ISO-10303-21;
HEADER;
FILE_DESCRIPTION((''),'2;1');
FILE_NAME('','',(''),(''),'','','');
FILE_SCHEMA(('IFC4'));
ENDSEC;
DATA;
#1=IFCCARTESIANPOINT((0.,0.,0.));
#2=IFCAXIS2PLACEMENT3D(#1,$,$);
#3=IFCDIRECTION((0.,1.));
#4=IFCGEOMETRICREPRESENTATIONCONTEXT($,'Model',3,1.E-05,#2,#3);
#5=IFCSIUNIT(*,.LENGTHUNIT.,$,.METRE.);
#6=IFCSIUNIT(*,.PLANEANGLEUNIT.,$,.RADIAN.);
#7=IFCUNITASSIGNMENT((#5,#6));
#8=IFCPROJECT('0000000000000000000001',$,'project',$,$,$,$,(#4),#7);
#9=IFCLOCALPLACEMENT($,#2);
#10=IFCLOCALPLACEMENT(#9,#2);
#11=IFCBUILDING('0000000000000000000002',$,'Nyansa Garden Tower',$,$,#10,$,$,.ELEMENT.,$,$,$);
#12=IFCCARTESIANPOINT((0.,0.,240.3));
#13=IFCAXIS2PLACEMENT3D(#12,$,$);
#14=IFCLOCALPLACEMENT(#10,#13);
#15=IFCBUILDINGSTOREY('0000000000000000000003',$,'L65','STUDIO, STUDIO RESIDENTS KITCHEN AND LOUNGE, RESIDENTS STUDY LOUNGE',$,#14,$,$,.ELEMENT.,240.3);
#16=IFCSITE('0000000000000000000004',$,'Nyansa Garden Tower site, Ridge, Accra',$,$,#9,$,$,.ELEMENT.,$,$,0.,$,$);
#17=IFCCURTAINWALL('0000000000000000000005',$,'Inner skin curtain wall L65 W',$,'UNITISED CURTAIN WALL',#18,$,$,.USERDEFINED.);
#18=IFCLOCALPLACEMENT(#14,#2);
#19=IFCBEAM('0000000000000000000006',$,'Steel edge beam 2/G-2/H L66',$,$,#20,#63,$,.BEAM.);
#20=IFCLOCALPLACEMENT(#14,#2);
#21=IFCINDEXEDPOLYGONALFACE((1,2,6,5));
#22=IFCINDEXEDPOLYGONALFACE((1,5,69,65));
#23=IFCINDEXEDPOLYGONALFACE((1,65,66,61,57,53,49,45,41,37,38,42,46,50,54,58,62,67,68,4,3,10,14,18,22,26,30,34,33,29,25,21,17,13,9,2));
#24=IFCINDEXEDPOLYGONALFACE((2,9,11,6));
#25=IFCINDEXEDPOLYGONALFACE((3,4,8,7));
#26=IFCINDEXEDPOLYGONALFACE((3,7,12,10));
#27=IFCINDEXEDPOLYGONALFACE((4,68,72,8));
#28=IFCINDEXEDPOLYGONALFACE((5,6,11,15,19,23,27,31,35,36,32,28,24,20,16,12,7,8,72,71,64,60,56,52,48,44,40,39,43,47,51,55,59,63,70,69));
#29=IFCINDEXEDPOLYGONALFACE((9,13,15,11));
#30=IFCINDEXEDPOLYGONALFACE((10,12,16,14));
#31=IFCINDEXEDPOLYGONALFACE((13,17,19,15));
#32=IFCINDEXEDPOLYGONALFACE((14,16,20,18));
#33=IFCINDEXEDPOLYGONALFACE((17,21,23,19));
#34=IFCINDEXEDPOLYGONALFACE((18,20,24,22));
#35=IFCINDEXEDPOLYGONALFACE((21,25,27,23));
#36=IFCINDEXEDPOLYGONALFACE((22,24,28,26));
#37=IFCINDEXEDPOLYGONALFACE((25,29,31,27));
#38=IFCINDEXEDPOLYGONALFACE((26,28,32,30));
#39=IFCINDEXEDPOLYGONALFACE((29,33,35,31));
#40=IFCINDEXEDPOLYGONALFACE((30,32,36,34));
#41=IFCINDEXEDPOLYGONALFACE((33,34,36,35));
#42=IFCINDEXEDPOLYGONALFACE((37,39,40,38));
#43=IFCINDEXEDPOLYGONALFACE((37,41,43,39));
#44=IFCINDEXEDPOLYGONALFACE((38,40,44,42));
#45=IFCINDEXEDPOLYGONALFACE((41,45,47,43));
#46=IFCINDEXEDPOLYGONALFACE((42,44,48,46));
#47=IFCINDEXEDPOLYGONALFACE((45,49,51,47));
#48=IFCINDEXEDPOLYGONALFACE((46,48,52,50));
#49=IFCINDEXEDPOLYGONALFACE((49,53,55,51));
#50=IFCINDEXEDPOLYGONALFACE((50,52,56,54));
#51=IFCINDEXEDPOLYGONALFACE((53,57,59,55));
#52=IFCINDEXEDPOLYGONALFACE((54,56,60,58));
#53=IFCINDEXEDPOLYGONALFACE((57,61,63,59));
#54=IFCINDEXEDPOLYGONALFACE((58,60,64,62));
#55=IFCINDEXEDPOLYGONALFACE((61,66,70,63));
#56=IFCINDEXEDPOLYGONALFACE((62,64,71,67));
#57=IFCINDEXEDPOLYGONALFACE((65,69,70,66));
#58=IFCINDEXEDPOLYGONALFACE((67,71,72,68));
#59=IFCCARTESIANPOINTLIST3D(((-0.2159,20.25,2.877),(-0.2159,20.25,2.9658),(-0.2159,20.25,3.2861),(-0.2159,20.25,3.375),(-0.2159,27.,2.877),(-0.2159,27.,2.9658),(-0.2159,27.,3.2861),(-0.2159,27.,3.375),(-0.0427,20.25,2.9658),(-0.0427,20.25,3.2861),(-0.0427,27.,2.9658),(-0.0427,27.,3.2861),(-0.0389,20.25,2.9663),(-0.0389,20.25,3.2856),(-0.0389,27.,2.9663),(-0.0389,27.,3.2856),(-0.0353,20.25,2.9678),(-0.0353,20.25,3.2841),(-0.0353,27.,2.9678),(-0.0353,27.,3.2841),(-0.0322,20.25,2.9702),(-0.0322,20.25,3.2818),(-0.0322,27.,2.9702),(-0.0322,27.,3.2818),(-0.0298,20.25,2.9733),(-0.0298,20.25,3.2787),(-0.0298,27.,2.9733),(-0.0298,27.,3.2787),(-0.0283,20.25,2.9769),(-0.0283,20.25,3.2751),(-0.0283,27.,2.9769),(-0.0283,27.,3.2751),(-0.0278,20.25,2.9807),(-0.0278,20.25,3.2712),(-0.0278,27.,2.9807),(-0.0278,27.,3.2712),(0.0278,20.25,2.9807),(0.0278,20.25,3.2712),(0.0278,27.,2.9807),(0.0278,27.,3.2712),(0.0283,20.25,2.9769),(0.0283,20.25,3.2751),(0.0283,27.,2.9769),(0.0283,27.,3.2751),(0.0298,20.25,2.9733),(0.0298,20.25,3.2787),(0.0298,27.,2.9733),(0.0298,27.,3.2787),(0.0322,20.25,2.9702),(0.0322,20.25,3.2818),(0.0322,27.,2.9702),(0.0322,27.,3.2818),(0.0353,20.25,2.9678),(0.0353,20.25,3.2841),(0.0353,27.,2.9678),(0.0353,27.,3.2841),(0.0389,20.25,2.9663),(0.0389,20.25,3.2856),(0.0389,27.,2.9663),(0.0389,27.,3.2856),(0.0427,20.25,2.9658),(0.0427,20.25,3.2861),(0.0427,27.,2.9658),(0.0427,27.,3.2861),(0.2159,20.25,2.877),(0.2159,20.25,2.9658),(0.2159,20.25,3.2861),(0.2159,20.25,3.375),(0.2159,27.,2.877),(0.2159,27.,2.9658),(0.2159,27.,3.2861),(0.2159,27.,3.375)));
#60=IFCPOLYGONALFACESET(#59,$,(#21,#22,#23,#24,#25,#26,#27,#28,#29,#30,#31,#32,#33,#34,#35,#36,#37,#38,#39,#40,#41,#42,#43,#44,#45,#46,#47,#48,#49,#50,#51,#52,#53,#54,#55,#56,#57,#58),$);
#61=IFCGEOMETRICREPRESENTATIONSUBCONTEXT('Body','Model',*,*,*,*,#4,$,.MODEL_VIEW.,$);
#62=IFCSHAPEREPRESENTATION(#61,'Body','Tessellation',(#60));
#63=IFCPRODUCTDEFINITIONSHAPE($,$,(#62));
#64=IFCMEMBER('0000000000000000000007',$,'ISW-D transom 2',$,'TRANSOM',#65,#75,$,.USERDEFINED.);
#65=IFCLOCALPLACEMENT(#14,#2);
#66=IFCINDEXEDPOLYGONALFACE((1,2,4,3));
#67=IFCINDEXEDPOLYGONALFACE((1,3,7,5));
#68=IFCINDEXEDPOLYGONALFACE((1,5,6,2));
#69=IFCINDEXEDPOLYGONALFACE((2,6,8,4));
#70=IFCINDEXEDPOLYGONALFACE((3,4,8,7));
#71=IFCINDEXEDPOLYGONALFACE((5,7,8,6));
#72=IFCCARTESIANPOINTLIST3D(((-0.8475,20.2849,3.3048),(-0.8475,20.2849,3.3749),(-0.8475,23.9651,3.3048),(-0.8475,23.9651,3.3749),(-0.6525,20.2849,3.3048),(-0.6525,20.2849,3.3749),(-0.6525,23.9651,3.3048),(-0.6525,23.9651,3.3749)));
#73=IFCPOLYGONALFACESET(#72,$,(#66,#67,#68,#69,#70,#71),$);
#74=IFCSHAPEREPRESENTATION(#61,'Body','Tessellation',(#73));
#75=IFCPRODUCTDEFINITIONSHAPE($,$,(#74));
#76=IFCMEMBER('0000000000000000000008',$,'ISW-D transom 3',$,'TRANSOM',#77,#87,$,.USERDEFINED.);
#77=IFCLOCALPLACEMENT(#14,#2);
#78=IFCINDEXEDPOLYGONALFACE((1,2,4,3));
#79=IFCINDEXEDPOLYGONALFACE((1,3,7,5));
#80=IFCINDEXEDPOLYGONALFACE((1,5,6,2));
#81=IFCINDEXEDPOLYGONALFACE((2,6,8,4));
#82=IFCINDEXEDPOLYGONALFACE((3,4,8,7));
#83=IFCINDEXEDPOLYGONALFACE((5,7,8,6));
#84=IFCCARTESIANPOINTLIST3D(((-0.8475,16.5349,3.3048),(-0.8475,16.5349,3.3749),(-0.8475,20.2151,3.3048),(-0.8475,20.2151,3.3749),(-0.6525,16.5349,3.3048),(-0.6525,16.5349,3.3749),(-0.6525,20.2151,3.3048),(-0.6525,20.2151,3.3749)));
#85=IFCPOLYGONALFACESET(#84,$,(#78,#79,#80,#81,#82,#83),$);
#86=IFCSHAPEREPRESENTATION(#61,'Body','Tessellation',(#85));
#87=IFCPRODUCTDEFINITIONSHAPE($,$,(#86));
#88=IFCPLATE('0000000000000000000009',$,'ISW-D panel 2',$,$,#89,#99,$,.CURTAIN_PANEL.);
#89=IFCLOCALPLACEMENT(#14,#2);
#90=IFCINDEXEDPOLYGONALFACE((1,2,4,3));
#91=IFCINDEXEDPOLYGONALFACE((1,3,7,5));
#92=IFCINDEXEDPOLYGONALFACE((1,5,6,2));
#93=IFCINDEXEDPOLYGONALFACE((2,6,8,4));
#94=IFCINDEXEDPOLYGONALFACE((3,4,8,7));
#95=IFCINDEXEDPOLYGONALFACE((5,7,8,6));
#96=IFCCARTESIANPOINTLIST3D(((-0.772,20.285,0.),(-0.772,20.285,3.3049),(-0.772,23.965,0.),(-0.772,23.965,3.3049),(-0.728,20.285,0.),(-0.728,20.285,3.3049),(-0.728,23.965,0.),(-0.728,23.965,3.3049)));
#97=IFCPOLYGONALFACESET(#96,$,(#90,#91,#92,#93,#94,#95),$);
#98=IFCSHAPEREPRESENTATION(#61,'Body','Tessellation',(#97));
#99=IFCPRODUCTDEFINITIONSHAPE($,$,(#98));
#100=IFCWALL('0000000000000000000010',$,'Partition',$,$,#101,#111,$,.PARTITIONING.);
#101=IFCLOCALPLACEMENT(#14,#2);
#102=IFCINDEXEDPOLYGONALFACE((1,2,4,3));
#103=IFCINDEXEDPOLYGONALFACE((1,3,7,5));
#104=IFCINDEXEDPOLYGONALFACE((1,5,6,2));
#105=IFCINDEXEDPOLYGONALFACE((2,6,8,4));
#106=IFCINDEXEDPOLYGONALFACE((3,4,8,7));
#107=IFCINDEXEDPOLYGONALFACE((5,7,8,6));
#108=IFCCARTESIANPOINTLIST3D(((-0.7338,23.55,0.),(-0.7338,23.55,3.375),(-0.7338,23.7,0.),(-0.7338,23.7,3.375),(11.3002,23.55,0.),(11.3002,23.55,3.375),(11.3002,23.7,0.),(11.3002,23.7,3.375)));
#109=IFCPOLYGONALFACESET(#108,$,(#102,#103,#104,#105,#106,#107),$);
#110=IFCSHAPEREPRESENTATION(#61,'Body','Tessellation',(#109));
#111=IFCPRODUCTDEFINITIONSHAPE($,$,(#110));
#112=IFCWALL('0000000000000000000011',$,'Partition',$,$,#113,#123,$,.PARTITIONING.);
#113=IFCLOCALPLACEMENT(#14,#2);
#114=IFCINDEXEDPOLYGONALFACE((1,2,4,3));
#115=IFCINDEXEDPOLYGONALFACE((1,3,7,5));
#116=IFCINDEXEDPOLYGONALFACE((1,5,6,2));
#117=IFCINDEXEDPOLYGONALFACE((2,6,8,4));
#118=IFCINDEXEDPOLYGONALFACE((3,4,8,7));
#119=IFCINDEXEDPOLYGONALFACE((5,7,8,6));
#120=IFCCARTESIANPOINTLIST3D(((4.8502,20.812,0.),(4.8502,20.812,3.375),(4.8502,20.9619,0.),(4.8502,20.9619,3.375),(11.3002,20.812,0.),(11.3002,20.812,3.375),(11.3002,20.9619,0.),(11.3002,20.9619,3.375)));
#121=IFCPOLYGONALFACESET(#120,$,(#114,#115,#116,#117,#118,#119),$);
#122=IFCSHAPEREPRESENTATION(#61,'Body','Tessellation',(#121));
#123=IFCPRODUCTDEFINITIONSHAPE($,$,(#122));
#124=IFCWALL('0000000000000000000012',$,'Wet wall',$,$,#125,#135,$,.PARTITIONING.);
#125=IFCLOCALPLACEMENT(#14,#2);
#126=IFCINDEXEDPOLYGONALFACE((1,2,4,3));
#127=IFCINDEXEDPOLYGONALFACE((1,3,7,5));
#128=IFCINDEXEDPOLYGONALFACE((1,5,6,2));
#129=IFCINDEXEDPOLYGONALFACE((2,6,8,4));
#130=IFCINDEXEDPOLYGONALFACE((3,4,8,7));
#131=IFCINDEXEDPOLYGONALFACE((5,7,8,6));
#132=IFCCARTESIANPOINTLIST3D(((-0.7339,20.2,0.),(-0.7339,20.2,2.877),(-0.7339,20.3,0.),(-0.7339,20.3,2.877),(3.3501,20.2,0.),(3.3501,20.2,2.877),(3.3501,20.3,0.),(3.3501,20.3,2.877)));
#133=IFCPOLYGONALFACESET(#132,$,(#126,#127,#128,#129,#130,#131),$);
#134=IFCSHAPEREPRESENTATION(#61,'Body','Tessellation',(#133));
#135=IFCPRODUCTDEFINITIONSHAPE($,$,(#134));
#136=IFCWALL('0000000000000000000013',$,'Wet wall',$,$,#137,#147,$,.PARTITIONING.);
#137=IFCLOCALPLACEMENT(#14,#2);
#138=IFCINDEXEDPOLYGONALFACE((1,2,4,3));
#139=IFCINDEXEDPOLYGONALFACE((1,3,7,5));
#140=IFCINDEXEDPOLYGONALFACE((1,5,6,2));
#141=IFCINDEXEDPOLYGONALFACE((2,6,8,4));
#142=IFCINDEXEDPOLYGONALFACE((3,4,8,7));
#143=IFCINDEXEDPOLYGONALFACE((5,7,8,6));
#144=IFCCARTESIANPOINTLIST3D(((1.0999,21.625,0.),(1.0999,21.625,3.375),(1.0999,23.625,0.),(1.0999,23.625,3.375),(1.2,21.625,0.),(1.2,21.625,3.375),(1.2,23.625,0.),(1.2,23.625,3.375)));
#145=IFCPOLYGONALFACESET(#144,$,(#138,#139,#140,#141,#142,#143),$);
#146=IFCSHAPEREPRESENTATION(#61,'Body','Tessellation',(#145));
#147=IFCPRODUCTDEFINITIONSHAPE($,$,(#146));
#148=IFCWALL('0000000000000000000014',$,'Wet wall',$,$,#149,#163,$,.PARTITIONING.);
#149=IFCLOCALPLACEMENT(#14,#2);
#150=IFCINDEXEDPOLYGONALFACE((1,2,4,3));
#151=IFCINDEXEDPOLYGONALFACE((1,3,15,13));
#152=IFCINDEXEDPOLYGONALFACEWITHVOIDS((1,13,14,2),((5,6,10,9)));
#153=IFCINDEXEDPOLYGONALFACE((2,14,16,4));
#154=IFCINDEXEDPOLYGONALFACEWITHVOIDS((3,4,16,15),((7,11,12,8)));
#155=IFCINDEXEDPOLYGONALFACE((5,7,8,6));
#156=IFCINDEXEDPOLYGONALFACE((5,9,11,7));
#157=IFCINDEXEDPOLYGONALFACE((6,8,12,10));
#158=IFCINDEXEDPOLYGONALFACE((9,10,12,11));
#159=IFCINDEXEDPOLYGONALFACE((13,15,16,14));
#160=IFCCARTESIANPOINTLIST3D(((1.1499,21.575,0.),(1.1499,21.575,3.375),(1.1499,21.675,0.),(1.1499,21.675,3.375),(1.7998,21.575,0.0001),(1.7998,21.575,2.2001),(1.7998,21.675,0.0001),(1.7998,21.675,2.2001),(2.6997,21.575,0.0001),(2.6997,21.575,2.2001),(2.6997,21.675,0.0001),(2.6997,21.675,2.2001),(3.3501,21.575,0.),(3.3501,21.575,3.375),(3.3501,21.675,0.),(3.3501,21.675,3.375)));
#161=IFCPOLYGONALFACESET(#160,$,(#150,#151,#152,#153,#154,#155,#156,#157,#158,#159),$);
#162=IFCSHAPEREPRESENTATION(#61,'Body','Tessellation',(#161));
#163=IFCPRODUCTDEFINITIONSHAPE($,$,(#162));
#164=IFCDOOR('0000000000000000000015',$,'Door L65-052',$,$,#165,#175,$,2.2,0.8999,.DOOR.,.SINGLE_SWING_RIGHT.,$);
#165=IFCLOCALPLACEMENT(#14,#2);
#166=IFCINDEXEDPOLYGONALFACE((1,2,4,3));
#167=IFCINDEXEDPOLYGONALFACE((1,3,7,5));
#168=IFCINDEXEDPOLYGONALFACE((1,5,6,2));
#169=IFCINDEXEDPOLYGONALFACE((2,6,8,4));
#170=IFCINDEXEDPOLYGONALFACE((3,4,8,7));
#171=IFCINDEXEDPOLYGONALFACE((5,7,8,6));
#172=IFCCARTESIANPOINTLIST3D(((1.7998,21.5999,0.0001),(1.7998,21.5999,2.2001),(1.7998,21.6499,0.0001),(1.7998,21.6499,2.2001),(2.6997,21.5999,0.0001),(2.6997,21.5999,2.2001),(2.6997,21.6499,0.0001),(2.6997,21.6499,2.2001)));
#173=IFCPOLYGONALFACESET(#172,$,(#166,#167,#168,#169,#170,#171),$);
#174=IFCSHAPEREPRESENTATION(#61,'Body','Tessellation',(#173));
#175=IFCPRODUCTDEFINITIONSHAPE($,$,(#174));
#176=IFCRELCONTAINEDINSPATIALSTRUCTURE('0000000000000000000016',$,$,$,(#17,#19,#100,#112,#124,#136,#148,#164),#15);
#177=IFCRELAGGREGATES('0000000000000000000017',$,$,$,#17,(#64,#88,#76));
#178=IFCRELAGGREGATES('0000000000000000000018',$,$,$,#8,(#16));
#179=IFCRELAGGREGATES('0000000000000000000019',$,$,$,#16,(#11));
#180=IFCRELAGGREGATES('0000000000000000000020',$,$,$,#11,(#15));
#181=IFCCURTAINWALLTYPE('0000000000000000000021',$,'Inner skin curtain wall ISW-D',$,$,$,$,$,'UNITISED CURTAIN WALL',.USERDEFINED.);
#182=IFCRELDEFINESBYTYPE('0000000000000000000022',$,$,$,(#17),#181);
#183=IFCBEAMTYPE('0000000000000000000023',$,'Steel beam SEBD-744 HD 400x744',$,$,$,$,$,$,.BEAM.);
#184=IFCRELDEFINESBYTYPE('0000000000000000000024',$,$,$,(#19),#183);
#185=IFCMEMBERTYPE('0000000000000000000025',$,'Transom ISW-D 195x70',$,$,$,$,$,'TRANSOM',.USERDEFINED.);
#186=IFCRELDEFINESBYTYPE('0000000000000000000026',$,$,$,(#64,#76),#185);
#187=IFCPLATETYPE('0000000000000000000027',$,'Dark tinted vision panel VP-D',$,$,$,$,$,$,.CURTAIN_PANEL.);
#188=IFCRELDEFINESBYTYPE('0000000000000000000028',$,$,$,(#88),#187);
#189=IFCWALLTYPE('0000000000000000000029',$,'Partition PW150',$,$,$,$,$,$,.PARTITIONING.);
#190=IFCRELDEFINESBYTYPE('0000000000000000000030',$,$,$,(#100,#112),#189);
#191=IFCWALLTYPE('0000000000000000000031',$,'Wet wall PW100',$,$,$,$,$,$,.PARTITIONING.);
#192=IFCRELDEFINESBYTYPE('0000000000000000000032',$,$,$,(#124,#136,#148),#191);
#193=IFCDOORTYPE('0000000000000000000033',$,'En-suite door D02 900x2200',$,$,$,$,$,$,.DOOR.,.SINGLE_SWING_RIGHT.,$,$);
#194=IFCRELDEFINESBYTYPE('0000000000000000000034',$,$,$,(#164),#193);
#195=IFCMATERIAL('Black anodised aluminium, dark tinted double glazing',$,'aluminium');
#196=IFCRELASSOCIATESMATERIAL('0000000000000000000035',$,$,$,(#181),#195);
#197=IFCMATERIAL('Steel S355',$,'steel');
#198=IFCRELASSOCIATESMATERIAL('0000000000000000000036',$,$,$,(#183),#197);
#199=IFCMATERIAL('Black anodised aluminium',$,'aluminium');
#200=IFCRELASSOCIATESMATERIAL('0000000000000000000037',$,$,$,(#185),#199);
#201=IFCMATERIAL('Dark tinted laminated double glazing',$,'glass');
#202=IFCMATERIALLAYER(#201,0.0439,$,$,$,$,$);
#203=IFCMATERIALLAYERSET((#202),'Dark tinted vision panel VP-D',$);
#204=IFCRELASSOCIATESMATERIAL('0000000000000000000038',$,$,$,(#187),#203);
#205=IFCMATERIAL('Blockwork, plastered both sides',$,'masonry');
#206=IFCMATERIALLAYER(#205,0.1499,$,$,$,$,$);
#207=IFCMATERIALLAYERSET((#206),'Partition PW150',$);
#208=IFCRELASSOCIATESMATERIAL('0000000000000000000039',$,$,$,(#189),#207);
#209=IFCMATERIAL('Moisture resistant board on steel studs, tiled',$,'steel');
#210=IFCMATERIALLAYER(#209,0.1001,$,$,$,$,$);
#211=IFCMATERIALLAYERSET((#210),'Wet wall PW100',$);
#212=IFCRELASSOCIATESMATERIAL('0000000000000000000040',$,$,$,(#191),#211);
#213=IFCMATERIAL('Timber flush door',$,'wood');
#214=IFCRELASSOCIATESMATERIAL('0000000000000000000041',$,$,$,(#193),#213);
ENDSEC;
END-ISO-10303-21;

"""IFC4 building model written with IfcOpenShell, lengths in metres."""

from ifc_helpers import new_model, si_unit, direction, frame, frame_2d, origin, origin_2d, place, context, subcontext, project, spatial, rectangle, i_section, extrude, material, layer, layer_set, material_profile, profile_set, type_object, element, fill, aggregate, save


model = new_model("IFC4")

# Units and contexts
model_context = context("Model", 3, precision=1e-05, world=origin(), true_north=direction((0.0, 1.0)))
body_context = subcontext(model_context, "Body", "Model", "MODEL_VIEW")
ifc_project = project(units=[si_unit("LENGTHUNIT", "METRE"), si_unit("PLANEANGLEUNIT", "RADIAN")], contexts=[model_context])

# Site, building, storey
site_placement = place(None, origin())
site = spatial("IfcSite", under=ifc_project, at=site_placement, Name="Nyansa Garden Tower site, Ridge, Accra", CompositionType="ELEMENT", RefElevation=0.0)
building_placement = place(site_placement, origin())
building = spatial("IfcBuilding", under=site, at=building_placement, Name="Nyansa Garden Tower", CompositionType="ELEMENT")
storey_placement = place(building_placement, frame((0.0, 0.0, 240.3)))
storey = spatial("IfcBuildingStorey", under=building, at=storey_placement, Name="L65", Description="STUDIO, STUDIO RESIDENTS KITCHEN AND LOUNGE, RESIDENTS STUDY LOUNGE", CompositionType="ELEMENT", Elevation=240.3)

# Curtain wall
ifc_material_1 = material(Name="Black anodised aluminium, dark tinted double glazing", Category="aluminium")
curtain_wall_type = type_object("IfcCurtainWallType", Name="Inner skin curtain wall ISW-D", ElementType="UNITISED CURTAIN WALL", PredefinedType="USERDEFINED", material=ifc_material_1)
curtain_wall_placement = place(storey_placement, origin())
curtain_wall = element("IfcCurtainWall", 1, at=curtain_wall_placement, inside=storey, type_object=curtain_wall_type, Name="Inner skin curtain wall L65 W", ObjectType="UNITISED CURTAIN WALL", PredefinedType="USERDEFINED")

# Beam
ifc_material_2 = material(Name="Steel S355", Category="steel")
ifc_material_profile_1 = material_profile(ifc_material_2, i_section(OverallWidth=0.4319, OverallDepth=0.498, WebThickness=0.0557, FlangeThickness=0.0889, FilletRadius=0.0149, at=origin_2d()), Name="HD 400x744")
ifc_profile_set_1 = profile_set([ifc_material_profile_1], Name="Steel S355")
beam_type_1 = type_object("IfcBeamType", Name="Steel beam SEBD-744 HD 400x744", PredefinedType="BEAM", material=ifc_profile_set_1)
beam_1_placement = place(storey_placement, frame((0.0, 20.25, 3.126), z_axis=(0.0, 1.0, 0.0), x_axis=(-1.0, 0.0, 0.0)))
element("IfcBeam", 2, at=beam_1_placement, inside=storey, type_object=beam_type_1, Name="Steel edge beam 2/G-2/H L66", PredefinedType="BEAM", context=body_context, shape_type="SweptSolid", body=[
    extrude(i_section(OverallWidth=0.4319, OverallDepth=0.498, WebThickness=0.0557, FlangeThickness=0.0889, FilletRadius=0.0149, at=origin_2d()), origin(), (0.0, 0.0, 1.0), 6.75),
])

# Members
ifc_material_3 = material(Name="Black anodised aluminium", Category="aluminium")
ifc_material_profile_2 = material_profile(ifc_material_3, rectangle(XDim=0.1951, YDim=0.0701, at=origin_2d()), Name="Transom 195x70")
ifc_profile_set_2 = profile_set([ifc_material_profile_2], Name="Black anodised aluminium")
member_type_1 = type_object("IfcMemberType", Name="Transom ISW-D 195x70", ElementType="TRANSOM", PredefinedType="USERDEFINED", material=ifc_profile_set_2)
member_1_placement = place(storey_placement, frame((-0.75, 23.9651, 3.3398), z_axis=(0.0, -1.0, 0.0), x_axis=(1.0, 0.0, 0.0)))
member_1 = element("IfcMember", 3, at=member_1_placement, type_object=member_type_1, Name="ISW-D transom 2", ObjectType="TRANSOM", PredefinedType="USERDEFINED", context=body_context, shape_type="SweptSolid", body=[
    extrude(rectangle(XDim=0.1951, YDim=0.0701, at=origin_2d()), origin(), (0.0, 0.0, 1.0), 3.6802),
])
member_2_placement = place(storey_placement, frame((-0.75, 20.2151, 3.3398), z_axis=(0.0, -1.0, 0.0), x_axis=(1.0, 0.0, 0.0)))
member_2 = element("IfcMember", 4, at=member_2_placement, type_object=member_type_1, Name="ISW-D transom 3", ObjectType="TRANSOM", PredefinedType="USERDEFINED", context=body_context, shape_type="SweptSolid", body=[
    extrude(rectangle(XDim=0.1951, YDim=0.0701, at=origin_2d()), origin(), (0.0, 0.0, 1.0), 3.6802),
])

# Plate
ifc_material_4 = material(Name="Dark tinted laminated double glazing", Category="glass")
ifc_layer_1 = layer(ifc_material_4, 0.0439)
ifc_layer_set_1 = layer_set([ifc_layer_1], Name="Dark tinted vision panel VP-D")
plate_type = type_object("IfcPlateType", Name="Dark tinted vision panel VP-D", PredefinedType="CURTAIN_PANEL", material=ifc_layer_set_1)
plate_placement = place(storey_placement, frame((-0.75, 22.125, 0.0), z_axis=(0.0, 0.0, 1.0), x_axis=(0.0, -1.0, 0.0)))
plate = element("IfcPlate", 5, at=plate_placement, type_object=plate_type, Name="ISW-D panel 2", PredefinedType="CURTAIN_PANEL", context=body_context, shape_type="SweptSolid", body=[
    extrude(rectangle(XDim=3.6799, YDim=0.0439, at=origin_2d()), origin(), (0.0, 0.0, 1.0), 3.3049),
])
aggregate(curtain_wall, [member_1, plate, member_2])

# Walls
ifc_material_5 = material(Name="Blockwork, plastered both sides", Category="masonry")
ifc_layer_2 = layer(ifc_material_5, 0.1499)
ifc_layer_set_2 = layer_set([ifc_layer_2], Name="Partition PW150")
wall_type_1 = type_object("IfcWallType", Name="Partition PW150", PredefinedType="PARTITIONING", material=ifc_layer_set_2)
wall_1_placement = place(storey_placement, frame((-0.7339, 23.625, 0.0), z_axis=(0.0, 0.0, 1.0), x_axis=(1.0, 0.0, 0.0)))
element("IfcWall", 6, at=wall_1_placement, inside=storey, type_object=wall_type_1, Name="Partition", PredefinedType="PARTITIONING", context=body_context, shape_type="SweptSolid", body=[
    extrude(rectangle(XDim=12.0339, YDim=0.1499, at=frame_2d((6.0171, 0.0))), origin(), (0.0, 0.0, 1.0), 3.375),
])
wall_2_placement = place(storey_placement, frame((4.8501, 20.887, 0.0), z_axis=(0.0, 0.0, 1.0), x_axis=(1.0, 0.0, 0.0)))
element("IfcWall", 7, at=wall_2_placement, inside=storey, type_object=wall_type_1, Name="Partition", PredefinedType="PARTITIONING", context=body_context, shape_type="SweptSolid", body=[
    extrude(rectangle(XDim=6.45, YDim=0.1499, at=frame_2d((3.2251, 0.0))), origin(), (0.0, 0.0, 1.0), 3.375),
])
ifc_material_6 = material(Name="Moisture resistant board on steel studs, tiled", Category="steel")
ifc_layer_3 = layer(ifc_material_6, 0.1001)
ifc_layer_set_3 = layer_set([ifc_layer_3], Name="Wet wall PW100")
wall_type_2 = type_object("IfcWallType", Name="Wet wall PW100", PredefinedType="PARTITIONING", material=ifc_layer_set_3)
wall_3_placement = place(storey_placement, frame((-0.7339, 20.25, 0.0), z_axis=(0.0, 0.0, 1.0), x_axis=(1.0, 0.0, 0.0)))
element("IfcWall", 8, at=wall_3_placement, inside=storey, type_object=wall_type_2, Name="Wet wall", PredefinedType="PARTITIONING", context=body_context, shape_type="SweptSolid", body=[
    extrude(rectangle(XDim=4.084, YDim=0.1001, at=frame_2d((2.042, 0.0))), origin(), (0.0, 0.0, 1.0), 2.877),
])
wall_4_placement = place(storey_placement, frame((1.1499, 21.625, 0.0), z_axis=(0.0, 0.0, 1.0), x_axis=(0.0, 1.0, 0.0)))
element("IfcWall", 9, at=wall_4_placement, inside=storey, type_object=wall_type_2, Name="Wet wall", PredefinedType="PARTITIONING", context=body_context, shape_type="SweptSolid", body=[
    extrude(rectangle(XDim=2.0, YDim=0.1001, at=frame_2d((1.0, 0.0))), origin(), (0.0, 0.0, 1.0), 3.375),
])

# Wall, opening, door
wall_5_placement = place(storey_placement, frame((1.1499, 21.625, 0.0), z_axis=(0.0, 0.0, 1.0), x_axis=(1.0, 0.0, 0.0)))
wall_5 = element("IfcWall", 10, at=wall_5_placement, inside=storey, type_object=wall_type_2, Name="Wet wall", PredefinedType="PARTITIONING", context=body_context, shape_type="SweptSolid", body=[
    extrude(rectangle(XDim=2.2002, YDim=0.1001, at=frame_2d((1.1001, 0.0))), origin(), (0.0, 0.0, 1.0), 3.375),
])
opening_placement = place(wall_5_placement, frame((0.6499, 0.0, 0.0)))
opening = element("IfcOpeningElement", 11, at=opening_placement, cuts=wall_5, PredefinedType="OPENING", context=body_context, shape_type="SweptSolid", body=[
    extrude(rectangle(XDim=0.8999, YDim=2.2, at=frame_2d((0.45, 1.1001))), frame((0.0, 0.0601, 0.0), z_axis=(0.0, -1.0, 0.0), x_axis=(1.0, 0.0, 0.0)), (0.0, 0.0, 1.0), 0.1201),
])
ifc_material_7 = material(Name="Timber flush door", Category="wood")
door_type = type_object("IfcDoorType", Name="En-suite door D02 900x2200", OperationType="SINGLE_SWING_RIGHT", PredefinedType="DOOR", material=ifc_material_7)
door_placement = place(opening_placement, origin())
door = element("IfcDoor", 12, at=door_placement, inside=storey, type_object=door_type, Name="Door L65-052", OperationType="SINGLE_SWING_RIGHT", OverallHeight=2.2, OverallWidth=0.8999, PredefinedType="DOOR", context=body_context, shape_type="SweptSolid", body=[
    extrude(rectangle(XDim=0.8999, YDim=2.2, at=frame_2d((0.45, 1.1001))), frame((0.0, 0.0249, 0.0), z_axis=(0.0, -1.0, 0.0), x_axis=(1.0, 0.0, 0.0)), (0.0, 0.0, 1.0), 0.05),
])
fill(opening, door)

save(model, "model.ifc")
